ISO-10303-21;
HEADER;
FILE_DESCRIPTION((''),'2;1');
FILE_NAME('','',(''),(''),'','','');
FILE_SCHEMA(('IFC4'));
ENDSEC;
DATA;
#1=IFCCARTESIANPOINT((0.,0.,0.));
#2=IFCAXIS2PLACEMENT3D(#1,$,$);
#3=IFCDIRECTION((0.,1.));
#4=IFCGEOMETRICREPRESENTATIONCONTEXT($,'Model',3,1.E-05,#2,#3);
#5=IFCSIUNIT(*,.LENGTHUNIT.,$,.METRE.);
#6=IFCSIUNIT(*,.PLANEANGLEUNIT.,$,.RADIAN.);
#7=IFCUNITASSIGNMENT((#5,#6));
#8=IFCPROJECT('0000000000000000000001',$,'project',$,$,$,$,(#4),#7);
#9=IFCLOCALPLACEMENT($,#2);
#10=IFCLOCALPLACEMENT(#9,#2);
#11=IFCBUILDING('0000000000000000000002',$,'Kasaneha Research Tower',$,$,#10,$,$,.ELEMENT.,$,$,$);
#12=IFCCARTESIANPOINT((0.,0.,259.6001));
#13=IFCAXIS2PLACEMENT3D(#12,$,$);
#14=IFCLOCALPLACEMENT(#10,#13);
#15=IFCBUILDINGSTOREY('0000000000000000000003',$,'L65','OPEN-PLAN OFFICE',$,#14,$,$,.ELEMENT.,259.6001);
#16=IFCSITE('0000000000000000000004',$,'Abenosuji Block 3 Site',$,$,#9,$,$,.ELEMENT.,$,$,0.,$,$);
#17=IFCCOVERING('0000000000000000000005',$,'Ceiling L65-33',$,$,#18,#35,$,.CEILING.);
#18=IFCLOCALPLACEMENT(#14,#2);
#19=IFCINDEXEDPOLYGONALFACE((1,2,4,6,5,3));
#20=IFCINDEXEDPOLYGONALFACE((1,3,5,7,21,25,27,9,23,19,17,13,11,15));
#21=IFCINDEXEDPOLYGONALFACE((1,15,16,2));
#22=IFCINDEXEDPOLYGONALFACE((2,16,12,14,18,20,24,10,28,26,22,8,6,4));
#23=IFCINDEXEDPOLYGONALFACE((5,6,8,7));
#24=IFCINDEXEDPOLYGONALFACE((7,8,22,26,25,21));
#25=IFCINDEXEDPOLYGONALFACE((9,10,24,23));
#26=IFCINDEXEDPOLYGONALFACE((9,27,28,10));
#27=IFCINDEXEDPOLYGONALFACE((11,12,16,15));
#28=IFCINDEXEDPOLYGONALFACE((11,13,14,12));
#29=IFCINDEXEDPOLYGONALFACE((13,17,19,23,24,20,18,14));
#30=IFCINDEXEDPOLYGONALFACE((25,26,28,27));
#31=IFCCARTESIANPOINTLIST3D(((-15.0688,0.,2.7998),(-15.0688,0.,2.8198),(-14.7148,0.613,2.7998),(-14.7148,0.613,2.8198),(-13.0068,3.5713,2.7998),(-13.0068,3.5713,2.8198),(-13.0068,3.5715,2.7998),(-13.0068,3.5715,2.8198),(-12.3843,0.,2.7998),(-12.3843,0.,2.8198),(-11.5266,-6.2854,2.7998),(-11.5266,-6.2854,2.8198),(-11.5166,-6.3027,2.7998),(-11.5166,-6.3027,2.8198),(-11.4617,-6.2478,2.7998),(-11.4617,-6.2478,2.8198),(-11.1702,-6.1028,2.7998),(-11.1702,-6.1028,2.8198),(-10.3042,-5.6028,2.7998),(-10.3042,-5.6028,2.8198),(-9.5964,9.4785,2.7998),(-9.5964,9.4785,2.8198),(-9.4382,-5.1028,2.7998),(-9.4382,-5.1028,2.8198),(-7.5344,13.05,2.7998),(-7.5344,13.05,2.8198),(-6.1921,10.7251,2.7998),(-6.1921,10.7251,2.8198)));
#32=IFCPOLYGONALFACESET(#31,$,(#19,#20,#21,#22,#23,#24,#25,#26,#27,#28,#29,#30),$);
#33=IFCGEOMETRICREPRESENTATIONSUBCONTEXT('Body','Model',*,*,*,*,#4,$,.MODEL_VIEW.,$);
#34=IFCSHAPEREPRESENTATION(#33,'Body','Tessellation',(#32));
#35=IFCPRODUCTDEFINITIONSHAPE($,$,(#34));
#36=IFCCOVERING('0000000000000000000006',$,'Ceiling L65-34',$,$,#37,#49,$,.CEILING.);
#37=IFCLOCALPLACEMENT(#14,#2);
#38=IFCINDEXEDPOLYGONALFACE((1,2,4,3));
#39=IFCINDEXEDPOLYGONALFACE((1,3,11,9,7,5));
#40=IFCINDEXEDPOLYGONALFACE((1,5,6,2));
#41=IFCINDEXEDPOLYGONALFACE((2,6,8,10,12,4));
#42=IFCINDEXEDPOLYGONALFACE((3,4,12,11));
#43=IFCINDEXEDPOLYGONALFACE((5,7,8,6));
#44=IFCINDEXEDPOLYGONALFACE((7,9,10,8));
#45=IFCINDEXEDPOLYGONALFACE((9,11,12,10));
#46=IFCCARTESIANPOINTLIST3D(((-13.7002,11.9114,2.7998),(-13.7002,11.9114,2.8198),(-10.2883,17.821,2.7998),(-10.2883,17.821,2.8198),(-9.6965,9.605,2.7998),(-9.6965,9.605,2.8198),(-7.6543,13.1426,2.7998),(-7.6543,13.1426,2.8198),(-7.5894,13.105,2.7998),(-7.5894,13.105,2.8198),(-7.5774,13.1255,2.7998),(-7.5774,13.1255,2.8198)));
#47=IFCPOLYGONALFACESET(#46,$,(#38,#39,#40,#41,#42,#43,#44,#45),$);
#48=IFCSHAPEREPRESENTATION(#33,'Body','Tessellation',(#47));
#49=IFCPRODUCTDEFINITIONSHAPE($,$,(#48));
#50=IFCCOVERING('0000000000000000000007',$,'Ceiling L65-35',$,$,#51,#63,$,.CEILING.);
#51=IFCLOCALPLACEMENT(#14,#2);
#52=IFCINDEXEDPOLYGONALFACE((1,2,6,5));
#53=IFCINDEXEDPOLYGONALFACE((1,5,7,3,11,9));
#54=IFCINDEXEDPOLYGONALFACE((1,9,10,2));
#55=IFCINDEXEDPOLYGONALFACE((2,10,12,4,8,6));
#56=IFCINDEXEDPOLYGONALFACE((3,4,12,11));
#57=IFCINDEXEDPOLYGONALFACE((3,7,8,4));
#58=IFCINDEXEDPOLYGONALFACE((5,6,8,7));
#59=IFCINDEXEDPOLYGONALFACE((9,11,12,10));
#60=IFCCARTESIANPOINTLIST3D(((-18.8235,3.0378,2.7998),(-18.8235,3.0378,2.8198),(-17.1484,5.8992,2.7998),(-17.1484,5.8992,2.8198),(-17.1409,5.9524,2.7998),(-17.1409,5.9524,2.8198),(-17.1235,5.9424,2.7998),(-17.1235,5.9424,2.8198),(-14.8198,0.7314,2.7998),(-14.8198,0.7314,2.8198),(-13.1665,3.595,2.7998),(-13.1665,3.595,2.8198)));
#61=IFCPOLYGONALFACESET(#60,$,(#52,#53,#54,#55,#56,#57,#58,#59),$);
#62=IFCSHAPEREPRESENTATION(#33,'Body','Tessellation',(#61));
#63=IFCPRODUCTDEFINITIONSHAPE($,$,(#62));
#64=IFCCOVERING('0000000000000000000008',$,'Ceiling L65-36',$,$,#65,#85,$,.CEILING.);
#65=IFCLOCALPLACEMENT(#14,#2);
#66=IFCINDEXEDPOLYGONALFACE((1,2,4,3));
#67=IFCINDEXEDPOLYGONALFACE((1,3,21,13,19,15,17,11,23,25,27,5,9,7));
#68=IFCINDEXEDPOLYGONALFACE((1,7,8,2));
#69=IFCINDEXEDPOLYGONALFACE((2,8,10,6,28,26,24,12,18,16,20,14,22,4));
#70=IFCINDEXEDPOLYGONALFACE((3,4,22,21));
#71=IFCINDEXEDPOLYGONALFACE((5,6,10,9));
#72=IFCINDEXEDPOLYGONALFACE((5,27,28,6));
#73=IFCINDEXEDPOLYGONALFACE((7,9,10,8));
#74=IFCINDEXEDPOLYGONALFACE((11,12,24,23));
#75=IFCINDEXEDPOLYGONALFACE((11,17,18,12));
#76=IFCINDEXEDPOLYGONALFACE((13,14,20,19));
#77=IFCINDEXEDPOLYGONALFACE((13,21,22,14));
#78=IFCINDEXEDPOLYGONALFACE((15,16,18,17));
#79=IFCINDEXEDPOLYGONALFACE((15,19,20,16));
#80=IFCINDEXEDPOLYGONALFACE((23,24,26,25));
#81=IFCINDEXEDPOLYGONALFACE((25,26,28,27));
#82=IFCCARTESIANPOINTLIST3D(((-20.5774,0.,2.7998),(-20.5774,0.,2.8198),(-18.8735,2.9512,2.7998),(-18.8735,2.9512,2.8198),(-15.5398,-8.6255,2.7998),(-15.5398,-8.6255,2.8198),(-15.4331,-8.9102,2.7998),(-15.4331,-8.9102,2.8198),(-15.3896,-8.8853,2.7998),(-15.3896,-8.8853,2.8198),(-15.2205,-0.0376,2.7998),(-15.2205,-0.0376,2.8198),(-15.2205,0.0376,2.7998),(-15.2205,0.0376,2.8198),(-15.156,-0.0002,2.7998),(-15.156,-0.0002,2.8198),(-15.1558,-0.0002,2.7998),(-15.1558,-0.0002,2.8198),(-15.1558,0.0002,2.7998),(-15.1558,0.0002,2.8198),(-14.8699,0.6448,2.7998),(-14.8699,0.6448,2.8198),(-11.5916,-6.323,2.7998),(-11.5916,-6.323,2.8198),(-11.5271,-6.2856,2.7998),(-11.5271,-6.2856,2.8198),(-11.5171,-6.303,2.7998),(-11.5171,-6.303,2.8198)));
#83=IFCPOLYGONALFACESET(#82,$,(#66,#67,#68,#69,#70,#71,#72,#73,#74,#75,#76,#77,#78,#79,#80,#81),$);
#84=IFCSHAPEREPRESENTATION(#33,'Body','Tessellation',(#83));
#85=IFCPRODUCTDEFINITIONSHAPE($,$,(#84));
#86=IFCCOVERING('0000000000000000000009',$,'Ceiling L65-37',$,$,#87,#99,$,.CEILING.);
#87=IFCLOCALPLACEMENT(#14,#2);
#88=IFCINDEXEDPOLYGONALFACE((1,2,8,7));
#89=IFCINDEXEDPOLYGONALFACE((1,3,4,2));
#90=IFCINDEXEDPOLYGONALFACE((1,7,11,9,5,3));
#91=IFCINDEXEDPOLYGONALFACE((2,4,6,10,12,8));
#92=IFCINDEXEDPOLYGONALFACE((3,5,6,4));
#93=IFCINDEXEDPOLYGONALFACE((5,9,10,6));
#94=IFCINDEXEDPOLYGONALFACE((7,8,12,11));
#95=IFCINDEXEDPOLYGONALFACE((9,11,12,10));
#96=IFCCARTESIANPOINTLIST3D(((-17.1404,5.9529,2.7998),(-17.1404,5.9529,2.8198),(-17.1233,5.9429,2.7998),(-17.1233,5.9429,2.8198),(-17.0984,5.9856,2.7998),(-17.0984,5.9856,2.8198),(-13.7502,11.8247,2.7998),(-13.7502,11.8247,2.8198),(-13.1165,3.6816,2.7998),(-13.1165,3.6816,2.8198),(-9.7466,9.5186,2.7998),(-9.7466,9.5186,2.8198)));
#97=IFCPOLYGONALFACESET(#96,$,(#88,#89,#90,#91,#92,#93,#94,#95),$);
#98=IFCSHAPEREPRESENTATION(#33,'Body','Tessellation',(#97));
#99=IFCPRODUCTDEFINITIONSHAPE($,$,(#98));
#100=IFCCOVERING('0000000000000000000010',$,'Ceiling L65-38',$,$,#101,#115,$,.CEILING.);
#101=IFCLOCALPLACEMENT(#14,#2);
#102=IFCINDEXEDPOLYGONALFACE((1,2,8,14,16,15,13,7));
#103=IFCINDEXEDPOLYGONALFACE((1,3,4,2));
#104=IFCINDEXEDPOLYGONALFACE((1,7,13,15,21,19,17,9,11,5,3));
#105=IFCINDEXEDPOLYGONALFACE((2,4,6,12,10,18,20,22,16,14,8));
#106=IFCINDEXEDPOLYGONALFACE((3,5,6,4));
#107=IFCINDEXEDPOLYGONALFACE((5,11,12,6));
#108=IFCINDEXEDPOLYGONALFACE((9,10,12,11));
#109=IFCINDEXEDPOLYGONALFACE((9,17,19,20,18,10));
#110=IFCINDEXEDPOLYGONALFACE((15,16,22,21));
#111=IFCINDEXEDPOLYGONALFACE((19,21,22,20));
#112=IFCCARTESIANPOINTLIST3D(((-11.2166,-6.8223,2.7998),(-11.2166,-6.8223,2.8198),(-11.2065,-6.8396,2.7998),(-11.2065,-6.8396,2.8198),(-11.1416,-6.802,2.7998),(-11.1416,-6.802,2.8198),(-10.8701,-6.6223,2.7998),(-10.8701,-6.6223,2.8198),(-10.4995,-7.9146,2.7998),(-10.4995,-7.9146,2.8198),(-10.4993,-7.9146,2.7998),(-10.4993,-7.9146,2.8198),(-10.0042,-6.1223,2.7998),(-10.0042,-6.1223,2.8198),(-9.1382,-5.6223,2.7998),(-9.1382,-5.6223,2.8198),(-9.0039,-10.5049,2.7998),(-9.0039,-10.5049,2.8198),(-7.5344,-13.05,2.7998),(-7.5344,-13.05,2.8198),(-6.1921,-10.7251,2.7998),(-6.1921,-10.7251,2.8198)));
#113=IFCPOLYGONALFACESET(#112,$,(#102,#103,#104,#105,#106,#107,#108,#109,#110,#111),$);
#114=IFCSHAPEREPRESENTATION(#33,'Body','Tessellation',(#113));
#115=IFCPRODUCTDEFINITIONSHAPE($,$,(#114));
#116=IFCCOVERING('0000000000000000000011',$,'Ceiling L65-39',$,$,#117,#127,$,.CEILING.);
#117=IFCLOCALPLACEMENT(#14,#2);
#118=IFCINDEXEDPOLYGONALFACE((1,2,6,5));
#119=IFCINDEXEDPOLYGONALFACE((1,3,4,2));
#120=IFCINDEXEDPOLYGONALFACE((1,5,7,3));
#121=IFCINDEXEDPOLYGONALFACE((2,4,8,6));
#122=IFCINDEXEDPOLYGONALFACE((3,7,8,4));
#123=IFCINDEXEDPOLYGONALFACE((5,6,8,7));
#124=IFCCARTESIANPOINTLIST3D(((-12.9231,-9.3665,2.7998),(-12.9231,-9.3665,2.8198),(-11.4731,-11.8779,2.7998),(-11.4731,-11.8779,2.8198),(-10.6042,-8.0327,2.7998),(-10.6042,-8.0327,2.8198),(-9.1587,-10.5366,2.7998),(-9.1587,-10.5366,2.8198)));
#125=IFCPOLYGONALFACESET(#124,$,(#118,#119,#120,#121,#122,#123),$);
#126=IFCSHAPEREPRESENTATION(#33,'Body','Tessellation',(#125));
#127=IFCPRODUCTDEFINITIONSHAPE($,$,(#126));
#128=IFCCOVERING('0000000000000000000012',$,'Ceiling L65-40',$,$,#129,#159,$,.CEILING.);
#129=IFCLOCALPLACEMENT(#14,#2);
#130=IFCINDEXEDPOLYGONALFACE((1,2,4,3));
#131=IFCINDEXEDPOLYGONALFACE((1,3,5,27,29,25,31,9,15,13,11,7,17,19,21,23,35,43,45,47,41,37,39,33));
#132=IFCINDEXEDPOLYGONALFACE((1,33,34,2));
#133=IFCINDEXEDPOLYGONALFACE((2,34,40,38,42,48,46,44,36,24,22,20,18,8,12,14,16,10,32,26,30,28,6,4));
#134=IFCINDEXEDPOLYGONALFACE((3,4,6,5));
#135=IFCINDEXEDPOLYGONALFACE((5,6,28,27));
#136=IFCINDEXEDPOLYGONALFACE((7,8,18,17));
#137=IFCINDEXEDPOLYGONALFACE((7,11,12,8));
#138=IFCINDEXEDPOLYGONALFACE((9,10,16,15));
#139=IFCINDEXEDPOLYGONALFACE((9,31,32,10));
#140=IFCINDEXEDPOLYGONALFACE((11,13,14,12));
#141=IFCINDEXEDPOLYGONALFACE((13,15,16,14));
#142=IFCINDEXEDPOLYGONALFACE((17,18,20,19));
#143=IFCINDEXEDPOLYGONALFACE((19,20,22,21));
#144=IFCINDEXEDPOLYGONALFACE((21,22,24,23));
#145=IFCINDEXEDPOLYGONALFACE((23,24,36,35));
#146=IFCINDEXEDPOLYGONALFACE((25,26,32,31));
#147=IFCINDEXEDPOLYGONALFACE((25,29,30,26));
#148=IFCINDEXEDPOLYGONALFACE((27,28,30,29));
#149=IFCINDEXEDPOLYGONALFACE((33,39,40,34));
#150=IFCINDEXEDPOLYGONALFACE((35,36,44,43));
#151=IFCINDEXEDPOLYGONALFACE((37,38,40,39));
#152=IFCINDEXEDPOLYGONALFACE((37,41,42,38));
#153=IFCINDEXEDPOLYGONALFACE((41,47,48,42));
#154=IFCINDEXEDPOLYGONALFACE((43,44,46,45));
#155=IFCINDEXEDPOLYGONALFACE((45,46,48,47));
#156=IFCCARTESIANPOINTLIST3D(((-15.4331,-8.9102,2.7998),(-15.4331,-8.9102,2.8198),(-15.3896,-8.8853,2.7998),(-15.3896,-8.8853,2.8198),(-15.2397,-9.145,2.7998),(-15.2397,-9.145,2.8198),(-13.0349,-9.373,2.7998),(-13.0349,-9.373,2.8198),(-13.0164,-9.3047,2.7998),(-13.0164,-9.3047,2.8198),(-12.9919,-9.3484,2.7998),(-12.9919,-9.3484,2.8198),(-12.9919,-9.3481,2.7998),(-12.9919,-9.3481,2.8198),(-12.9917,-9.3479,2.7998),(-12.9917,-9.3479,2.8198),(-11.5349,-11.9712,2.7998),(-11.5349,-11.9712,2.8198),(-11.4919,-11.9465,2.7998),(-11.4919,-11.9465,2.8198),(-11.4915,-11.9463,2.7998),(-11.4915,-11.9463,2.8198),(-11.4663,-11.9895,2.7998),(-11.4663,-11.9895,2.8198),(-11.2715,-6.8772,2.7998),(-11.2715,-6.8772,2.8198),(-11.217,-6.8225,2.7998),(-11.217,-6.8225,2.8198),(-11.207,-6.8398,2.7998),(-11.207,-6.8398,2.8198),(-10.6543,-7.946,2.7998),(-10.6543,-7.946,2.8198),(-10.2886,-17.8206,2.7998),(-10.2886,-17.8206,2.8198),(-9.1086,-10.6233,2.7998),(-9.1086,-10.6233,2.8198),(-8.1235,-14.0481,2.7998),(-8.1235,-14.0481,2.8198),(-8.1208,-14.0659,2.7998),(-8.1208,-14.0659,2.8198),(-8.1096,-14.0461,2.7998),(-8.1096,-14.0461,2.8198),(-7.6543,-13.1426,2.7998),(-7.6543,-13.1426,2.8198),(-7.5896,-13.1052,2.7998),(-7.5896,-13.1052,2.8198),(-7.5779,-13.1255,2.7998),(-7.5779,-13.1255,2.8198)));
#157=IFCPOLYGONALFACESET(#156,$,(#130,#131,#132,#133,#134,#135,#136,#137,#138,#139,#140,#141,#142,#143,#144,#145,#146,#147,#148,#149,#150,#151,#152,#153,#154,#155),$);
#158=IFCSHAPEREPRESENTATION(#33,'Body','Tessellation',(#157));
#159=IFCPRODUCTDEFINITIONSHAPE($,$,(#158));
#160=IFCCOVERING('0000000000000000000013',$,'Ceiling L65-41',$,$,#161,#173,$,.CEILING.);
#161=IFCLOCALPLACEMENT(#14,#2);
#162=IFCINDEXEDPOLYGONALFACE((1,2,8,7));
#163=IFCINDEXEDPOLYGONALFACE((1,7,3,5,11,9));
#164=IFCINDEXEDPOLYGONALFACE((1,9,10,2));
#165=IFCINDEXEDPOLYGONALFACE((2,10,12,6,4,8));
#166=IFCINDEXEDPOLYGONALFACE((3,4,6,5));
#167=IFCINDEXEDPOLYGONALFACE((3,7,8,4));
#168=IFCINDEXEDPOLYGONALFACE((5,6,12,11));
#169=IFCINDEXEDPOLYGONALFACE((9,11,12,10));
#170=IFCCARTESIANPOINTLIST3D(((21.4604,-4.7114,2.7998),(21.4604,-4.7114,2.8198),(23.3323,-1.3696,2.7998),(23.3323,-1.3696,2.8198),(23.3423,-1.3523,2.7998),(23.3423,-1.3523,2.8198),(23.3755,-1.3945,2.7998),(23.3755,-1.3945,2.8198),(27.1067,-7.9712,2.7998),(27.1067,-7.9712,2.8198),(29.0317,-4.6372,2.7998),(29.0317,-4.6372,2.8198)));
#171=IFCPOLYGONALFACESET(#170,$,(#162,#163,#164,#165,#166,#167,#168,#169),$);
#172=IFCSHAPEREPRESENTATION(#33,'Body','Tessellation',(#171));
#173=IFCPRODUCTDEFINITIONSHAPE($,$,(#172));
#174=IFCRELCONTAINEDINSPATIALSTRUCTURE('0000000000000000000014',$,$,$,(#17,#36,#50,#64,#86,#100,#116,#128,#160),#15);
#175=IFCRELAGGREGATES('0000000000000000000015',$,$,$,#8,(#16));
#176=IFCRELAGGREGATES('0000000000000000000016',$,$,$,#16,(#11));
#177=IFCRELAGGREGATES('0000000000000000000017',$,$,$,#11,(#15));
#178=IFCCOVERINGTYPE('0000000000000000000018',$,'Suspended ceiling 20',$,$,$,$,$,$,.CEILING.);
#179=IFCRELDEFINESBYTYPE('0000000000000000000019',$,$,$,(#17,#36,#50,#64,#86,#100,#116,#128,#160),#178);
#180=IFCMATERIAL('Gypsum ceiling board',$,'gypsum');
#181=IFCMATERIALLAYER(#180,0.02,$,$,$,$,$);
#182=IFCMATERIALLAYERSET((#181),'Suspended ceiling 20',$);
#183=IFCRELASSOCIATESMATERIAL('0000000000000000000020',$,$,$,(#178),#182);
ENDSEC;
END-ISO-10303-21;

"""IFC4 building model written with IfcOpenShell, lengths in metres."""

from ifc_helpers import new_model, si_unit, direction, frame, origin, place, context, subcontext, project, spatial, polyline, outline, extrude, material, layer, layer_set, type_object, element, save


model = new_model("IFC4")

# Units and contexts
model_context = context("Model", 3, precision=1e-05, world=origin(), true_north=direction((0.0, 1.0)))
body_context = subcontext(model_context, "Body", "Model", "MODEL_VIEW")
ifc_project = project(units=[si_unit("LENGTHUNIT", "METRE"), si_unit("PLANEANGLEUNIT", "RADIAN")], contexts=[model_context])

# Site, building, storey
site_placement = place(None, origin())
site = spatial("IfcSite", under=ifc_project, at=site_placement, Name="Abenosuji Block 3 Site", CompositionType="ELEMENT", RefElevation=0.0)
building_placement = place(site_placement, origin())
building = spatial("IfcBuilding", under=site, at=building_placement, Name="Kasaneha Research Tower", CompositionType="ELEMENT")
storey_placement = place(building_placement, frame((0.0, 0.0, 259.6001)))
storey = spatial("IfcBuildingStorey", under=building, at=storey_placement, Name="L65", Description="OPEN-PLAN OFFICE", CompositionType="ELEMENT", Elevation=259.6001)

# Coverings
ifc_material_1 = material(Name="Gypsum ceiling board", Category="gypsum")
ifc_layer_1 = layer(ifc_material_1, 0.02)
ifc_layer_set_1 = layer_set([ifc_layer_1], Name="Suspended ceiling 20")
covering_type_1 = type_object("IfcCoveringType", Name="Suspended ceiling 20", PredefinedType="CEILING", material=ifc_layer_set_1)
covering_1_placement = place(storey_placement, frame((0.0, 0.0, 2.7998)))
element("IfcCovering", 1, at=covering_1_placement, inside=storey, type_object=covering_type_1, Name="Ceiling L65-33", PredefinedType="CEILING", context=body_context, shape_type="SweptSolid", body=[
    extrude(outline(polyline([(-12.3843, 0.0), (-9.4382, -5.1028), (-10.3042, -5.6028), (-10.3042, -5.6028), (-11.1702, -6.1028), (-11.1702, -6.1028), (-11.5166, -6.3027), (-11.5266, -6.2854), (-11.4617, -6.2478), (-15.0688, 0.0), (-14.7148, 0.613), (-14.7148, 0.613), (-13.0068, 3.5713), (-13.0068, 3.5715), (-9.5964, 9.4785), (-9.5964, 9.4785), (-7.5344, 13.05), (-7.5344, 13.05), (-6.1921, 10.7251), (-12.3843, 0.0)])), origin(), (0.0, 0.0, 1.0), 0.02),
])
covering_2_placement = place(storey_placement, frame((0.0, 0.0, 2.7998)))
element("IfcCovering", 2, at=covering_2_placement, inside=storey, type_object=covering_type_1, Name="Ceiling L65-34", PredefinedType="CEILING", context=body_context, shape_type="SweptSolid", body=[
    extrude(outline(polyline([(-7.5774, 13.1255), (-7.5894, 13.105), (-7.6543, 13.1426), (-9.6965, 9.605), (-13.7002, 11.9114), (-10.2883, 17.821), (-7.5774, 13.1255)])), origin(), (0.0, 0.0, 1.0), 0.02),
])
covering_3_placement = place(storey_placement, frame((0.0, 0.0, 2.7998)))
element("IfcCovering", 3, at=covering_3_placement, inside=storey, type_object=covering_type_1, Name="Ceiling L65-35", PredefinedType="CEILING", context=body_context, shape_type="SweptSolid", body=[
    extrude(outline(polyline([(-17.1235, 5.9424), (-17.1484, 5.8992), (-13.1665, 3.595), (-14.8198, 0.7314), (-18.8235, 3.0378), (-17.1409, 5.9524), (-17.1235, 5.9424)])), origin(), (0.0, 0.0, 1.0), 0.02),
])
covering_4_placement = place(storey_placement, frame((0.0, 0.0, 2.7998)))
element("IfcCovering", 4, at=covering_4_placement, inside=storey, type_object=covering_type_1, Name="Ceiling L65-36", PredefinedType="CEILING", context=body_context, shape_type="SweptSolid", body=[
    extrude(outline(polyline([(-15.5398, -8.6255), (-15.3896, -8.8853), (-15.4331, -8.9102), (-20.5774, 0.0), (-18.8735, 2.9512), (-14.8699, 0.6448), (-15.2205, 0.0376), (-15.1558, 0.0002), (-15.156, -0.0002), (-15.1558, -0.0002), (-15.2205, -0.0376), (-11.5916, -6.323), (-11.5271, -6.2856), (-11.5171, -6.303), (-15.5398, -8.6255), (-15.5398, -8.6255), (-15.5398, -8.6255)])), origin(), (0.0, 0.0, 1.0), 0.02),
])
covering_5_placement = place(storey_placement, frame((0.0, 0.0, 2.7998)))
element("IfcCovering", 5, at=covering_5_placement, inside=storey, type_object=covering_type_1, Name="Ceiling L65-37", PredefinedType="CEILING", context=body_context, shape_type="SweptSolid", body=[
    extrude(outline(polyline([(-17.1404, 5.9529), (-13.7502, 11.8247), (-9.7466, 9.5186), (-13.1165, 3.6816), (-17.0984, 5.9856), (-17.1233, 5.9429), (-17.1404, 5.9529)])), origin(), (0.0, 0.0, 1.0), 0.02),
])
covering_6_placement = place(storey_placement, frame((0.0, 0.0, 2.7998)))
element("IfcCovering", 6, at=covering_6_placement, inside=storey, type_object=covering_type_1, Name="Ceiling L65-38", PredefinedType="CEILING", context=body_context, shape_type="SweptSolid", body=[
    extrude(outline(polyline([(-10.8701, -6.6223), (-10.0042, -6.1223), (-10.0042, -6.1223), (-9.1382, -5.6223), (-6.1921, -10.7251), (-7.5344, -13.05), (-9.0039, -10.5049), (-9.0039, -10.5049), (-10.4995, -7.9146), (-10.4993, -7.9146), (-11.1416, -6.802), (-11.2065, -6.8396), (-11.2166, -6.8223), (-10.8701, -6.6223), (-10.8701, -6.6223)])), origin(), (0.0, 0.0, 1.0), 0.02),
])
covering_7_placement = place(storey_placement, frame((0.0, 0.0, 2.7998)))
element("IfcCovering", 7, at=covering_7_placement, inside=storey, type_object=covering_type_1, Name="Ceiling L65-39", PredefinedType="CEILING", context=body_context, shape_type="SweptSolid", body=[
    extrude(outline(polyline([(-9.1587, -10.5366), (-11.4731, -11.8779), (-12.9231, -9.3665), (-10.6042, -8.0327), (-9.1587, -10.5366)])), origin(), (0.0, 0.0, 1.0), 0.02),
])
covering_8_placement = place(storey_placement, frame((0.0, 0.0, 2.7998)))
element("IfcCovering", 8, at=covering_8_placement, inside=storey, type_object=covering_type_1, Name="Ceiling L65-40", PredefinedType="CEILING", context=body_context, shape_type="SweptSolid", body=[
    extrude(outline(polyline([(-11.207, -6.8398), (-11.2715, -6.8772), (-10.6543, -7.946), (-13.0164, -9.3047), (-12.9917, -9.3479), (-12.9919, -9.3481), (-12.9919, -9.3484), (-13.0349, -9.373), (-11.5349, -11.9712), (-11.4919, -11.9465), (-11.4919, -11.9465), (-11.4915, -11.9463), (-11.4663, -11.9895), (-9.1086, -10.6233), (-7.6543, -13.1426), (-7.5896, -13.1052), (-7.5779, -13.1255), (-8.1096, -14.0461), (-8.1235, -14.0481), (-8.1208, -14.0659), (-10.2886, -17.8206), (-15.4331, -8.9102), (-15.3896, -8.8853), (-15.2397, -9.145), (-15.2397, -9.145), (-15.2397, -9.145), (-11.217, -6.8225), (-11.207, -6.8398)])), origin(), (0.0, 0.0, 1.0), 0.02),
])
covering_9_placement = place(storey_placement, frame((0.0, 0.0, 2.7998)))
element("IfcCovering", 9, at=covering_9_placement, inside=storey, type_object=covering_type_1, Name="Ceiling L65-41", PredefinedType="CEILING", context=body_context, shape_type="SweptSolid", body=[
    extrude(outline(polyline([(29.0317, -4.6372), (27.1067, -7.9712), (21.4604, -4.7114), (23.3755, -1.3945), (23.3323, -1.3696), (23.3423, -1.3523), (29.0317, -4.6372)])), origin(), (0.0, 0.0, 1.0), 0.02),
])

save(model, "model.ifc")
